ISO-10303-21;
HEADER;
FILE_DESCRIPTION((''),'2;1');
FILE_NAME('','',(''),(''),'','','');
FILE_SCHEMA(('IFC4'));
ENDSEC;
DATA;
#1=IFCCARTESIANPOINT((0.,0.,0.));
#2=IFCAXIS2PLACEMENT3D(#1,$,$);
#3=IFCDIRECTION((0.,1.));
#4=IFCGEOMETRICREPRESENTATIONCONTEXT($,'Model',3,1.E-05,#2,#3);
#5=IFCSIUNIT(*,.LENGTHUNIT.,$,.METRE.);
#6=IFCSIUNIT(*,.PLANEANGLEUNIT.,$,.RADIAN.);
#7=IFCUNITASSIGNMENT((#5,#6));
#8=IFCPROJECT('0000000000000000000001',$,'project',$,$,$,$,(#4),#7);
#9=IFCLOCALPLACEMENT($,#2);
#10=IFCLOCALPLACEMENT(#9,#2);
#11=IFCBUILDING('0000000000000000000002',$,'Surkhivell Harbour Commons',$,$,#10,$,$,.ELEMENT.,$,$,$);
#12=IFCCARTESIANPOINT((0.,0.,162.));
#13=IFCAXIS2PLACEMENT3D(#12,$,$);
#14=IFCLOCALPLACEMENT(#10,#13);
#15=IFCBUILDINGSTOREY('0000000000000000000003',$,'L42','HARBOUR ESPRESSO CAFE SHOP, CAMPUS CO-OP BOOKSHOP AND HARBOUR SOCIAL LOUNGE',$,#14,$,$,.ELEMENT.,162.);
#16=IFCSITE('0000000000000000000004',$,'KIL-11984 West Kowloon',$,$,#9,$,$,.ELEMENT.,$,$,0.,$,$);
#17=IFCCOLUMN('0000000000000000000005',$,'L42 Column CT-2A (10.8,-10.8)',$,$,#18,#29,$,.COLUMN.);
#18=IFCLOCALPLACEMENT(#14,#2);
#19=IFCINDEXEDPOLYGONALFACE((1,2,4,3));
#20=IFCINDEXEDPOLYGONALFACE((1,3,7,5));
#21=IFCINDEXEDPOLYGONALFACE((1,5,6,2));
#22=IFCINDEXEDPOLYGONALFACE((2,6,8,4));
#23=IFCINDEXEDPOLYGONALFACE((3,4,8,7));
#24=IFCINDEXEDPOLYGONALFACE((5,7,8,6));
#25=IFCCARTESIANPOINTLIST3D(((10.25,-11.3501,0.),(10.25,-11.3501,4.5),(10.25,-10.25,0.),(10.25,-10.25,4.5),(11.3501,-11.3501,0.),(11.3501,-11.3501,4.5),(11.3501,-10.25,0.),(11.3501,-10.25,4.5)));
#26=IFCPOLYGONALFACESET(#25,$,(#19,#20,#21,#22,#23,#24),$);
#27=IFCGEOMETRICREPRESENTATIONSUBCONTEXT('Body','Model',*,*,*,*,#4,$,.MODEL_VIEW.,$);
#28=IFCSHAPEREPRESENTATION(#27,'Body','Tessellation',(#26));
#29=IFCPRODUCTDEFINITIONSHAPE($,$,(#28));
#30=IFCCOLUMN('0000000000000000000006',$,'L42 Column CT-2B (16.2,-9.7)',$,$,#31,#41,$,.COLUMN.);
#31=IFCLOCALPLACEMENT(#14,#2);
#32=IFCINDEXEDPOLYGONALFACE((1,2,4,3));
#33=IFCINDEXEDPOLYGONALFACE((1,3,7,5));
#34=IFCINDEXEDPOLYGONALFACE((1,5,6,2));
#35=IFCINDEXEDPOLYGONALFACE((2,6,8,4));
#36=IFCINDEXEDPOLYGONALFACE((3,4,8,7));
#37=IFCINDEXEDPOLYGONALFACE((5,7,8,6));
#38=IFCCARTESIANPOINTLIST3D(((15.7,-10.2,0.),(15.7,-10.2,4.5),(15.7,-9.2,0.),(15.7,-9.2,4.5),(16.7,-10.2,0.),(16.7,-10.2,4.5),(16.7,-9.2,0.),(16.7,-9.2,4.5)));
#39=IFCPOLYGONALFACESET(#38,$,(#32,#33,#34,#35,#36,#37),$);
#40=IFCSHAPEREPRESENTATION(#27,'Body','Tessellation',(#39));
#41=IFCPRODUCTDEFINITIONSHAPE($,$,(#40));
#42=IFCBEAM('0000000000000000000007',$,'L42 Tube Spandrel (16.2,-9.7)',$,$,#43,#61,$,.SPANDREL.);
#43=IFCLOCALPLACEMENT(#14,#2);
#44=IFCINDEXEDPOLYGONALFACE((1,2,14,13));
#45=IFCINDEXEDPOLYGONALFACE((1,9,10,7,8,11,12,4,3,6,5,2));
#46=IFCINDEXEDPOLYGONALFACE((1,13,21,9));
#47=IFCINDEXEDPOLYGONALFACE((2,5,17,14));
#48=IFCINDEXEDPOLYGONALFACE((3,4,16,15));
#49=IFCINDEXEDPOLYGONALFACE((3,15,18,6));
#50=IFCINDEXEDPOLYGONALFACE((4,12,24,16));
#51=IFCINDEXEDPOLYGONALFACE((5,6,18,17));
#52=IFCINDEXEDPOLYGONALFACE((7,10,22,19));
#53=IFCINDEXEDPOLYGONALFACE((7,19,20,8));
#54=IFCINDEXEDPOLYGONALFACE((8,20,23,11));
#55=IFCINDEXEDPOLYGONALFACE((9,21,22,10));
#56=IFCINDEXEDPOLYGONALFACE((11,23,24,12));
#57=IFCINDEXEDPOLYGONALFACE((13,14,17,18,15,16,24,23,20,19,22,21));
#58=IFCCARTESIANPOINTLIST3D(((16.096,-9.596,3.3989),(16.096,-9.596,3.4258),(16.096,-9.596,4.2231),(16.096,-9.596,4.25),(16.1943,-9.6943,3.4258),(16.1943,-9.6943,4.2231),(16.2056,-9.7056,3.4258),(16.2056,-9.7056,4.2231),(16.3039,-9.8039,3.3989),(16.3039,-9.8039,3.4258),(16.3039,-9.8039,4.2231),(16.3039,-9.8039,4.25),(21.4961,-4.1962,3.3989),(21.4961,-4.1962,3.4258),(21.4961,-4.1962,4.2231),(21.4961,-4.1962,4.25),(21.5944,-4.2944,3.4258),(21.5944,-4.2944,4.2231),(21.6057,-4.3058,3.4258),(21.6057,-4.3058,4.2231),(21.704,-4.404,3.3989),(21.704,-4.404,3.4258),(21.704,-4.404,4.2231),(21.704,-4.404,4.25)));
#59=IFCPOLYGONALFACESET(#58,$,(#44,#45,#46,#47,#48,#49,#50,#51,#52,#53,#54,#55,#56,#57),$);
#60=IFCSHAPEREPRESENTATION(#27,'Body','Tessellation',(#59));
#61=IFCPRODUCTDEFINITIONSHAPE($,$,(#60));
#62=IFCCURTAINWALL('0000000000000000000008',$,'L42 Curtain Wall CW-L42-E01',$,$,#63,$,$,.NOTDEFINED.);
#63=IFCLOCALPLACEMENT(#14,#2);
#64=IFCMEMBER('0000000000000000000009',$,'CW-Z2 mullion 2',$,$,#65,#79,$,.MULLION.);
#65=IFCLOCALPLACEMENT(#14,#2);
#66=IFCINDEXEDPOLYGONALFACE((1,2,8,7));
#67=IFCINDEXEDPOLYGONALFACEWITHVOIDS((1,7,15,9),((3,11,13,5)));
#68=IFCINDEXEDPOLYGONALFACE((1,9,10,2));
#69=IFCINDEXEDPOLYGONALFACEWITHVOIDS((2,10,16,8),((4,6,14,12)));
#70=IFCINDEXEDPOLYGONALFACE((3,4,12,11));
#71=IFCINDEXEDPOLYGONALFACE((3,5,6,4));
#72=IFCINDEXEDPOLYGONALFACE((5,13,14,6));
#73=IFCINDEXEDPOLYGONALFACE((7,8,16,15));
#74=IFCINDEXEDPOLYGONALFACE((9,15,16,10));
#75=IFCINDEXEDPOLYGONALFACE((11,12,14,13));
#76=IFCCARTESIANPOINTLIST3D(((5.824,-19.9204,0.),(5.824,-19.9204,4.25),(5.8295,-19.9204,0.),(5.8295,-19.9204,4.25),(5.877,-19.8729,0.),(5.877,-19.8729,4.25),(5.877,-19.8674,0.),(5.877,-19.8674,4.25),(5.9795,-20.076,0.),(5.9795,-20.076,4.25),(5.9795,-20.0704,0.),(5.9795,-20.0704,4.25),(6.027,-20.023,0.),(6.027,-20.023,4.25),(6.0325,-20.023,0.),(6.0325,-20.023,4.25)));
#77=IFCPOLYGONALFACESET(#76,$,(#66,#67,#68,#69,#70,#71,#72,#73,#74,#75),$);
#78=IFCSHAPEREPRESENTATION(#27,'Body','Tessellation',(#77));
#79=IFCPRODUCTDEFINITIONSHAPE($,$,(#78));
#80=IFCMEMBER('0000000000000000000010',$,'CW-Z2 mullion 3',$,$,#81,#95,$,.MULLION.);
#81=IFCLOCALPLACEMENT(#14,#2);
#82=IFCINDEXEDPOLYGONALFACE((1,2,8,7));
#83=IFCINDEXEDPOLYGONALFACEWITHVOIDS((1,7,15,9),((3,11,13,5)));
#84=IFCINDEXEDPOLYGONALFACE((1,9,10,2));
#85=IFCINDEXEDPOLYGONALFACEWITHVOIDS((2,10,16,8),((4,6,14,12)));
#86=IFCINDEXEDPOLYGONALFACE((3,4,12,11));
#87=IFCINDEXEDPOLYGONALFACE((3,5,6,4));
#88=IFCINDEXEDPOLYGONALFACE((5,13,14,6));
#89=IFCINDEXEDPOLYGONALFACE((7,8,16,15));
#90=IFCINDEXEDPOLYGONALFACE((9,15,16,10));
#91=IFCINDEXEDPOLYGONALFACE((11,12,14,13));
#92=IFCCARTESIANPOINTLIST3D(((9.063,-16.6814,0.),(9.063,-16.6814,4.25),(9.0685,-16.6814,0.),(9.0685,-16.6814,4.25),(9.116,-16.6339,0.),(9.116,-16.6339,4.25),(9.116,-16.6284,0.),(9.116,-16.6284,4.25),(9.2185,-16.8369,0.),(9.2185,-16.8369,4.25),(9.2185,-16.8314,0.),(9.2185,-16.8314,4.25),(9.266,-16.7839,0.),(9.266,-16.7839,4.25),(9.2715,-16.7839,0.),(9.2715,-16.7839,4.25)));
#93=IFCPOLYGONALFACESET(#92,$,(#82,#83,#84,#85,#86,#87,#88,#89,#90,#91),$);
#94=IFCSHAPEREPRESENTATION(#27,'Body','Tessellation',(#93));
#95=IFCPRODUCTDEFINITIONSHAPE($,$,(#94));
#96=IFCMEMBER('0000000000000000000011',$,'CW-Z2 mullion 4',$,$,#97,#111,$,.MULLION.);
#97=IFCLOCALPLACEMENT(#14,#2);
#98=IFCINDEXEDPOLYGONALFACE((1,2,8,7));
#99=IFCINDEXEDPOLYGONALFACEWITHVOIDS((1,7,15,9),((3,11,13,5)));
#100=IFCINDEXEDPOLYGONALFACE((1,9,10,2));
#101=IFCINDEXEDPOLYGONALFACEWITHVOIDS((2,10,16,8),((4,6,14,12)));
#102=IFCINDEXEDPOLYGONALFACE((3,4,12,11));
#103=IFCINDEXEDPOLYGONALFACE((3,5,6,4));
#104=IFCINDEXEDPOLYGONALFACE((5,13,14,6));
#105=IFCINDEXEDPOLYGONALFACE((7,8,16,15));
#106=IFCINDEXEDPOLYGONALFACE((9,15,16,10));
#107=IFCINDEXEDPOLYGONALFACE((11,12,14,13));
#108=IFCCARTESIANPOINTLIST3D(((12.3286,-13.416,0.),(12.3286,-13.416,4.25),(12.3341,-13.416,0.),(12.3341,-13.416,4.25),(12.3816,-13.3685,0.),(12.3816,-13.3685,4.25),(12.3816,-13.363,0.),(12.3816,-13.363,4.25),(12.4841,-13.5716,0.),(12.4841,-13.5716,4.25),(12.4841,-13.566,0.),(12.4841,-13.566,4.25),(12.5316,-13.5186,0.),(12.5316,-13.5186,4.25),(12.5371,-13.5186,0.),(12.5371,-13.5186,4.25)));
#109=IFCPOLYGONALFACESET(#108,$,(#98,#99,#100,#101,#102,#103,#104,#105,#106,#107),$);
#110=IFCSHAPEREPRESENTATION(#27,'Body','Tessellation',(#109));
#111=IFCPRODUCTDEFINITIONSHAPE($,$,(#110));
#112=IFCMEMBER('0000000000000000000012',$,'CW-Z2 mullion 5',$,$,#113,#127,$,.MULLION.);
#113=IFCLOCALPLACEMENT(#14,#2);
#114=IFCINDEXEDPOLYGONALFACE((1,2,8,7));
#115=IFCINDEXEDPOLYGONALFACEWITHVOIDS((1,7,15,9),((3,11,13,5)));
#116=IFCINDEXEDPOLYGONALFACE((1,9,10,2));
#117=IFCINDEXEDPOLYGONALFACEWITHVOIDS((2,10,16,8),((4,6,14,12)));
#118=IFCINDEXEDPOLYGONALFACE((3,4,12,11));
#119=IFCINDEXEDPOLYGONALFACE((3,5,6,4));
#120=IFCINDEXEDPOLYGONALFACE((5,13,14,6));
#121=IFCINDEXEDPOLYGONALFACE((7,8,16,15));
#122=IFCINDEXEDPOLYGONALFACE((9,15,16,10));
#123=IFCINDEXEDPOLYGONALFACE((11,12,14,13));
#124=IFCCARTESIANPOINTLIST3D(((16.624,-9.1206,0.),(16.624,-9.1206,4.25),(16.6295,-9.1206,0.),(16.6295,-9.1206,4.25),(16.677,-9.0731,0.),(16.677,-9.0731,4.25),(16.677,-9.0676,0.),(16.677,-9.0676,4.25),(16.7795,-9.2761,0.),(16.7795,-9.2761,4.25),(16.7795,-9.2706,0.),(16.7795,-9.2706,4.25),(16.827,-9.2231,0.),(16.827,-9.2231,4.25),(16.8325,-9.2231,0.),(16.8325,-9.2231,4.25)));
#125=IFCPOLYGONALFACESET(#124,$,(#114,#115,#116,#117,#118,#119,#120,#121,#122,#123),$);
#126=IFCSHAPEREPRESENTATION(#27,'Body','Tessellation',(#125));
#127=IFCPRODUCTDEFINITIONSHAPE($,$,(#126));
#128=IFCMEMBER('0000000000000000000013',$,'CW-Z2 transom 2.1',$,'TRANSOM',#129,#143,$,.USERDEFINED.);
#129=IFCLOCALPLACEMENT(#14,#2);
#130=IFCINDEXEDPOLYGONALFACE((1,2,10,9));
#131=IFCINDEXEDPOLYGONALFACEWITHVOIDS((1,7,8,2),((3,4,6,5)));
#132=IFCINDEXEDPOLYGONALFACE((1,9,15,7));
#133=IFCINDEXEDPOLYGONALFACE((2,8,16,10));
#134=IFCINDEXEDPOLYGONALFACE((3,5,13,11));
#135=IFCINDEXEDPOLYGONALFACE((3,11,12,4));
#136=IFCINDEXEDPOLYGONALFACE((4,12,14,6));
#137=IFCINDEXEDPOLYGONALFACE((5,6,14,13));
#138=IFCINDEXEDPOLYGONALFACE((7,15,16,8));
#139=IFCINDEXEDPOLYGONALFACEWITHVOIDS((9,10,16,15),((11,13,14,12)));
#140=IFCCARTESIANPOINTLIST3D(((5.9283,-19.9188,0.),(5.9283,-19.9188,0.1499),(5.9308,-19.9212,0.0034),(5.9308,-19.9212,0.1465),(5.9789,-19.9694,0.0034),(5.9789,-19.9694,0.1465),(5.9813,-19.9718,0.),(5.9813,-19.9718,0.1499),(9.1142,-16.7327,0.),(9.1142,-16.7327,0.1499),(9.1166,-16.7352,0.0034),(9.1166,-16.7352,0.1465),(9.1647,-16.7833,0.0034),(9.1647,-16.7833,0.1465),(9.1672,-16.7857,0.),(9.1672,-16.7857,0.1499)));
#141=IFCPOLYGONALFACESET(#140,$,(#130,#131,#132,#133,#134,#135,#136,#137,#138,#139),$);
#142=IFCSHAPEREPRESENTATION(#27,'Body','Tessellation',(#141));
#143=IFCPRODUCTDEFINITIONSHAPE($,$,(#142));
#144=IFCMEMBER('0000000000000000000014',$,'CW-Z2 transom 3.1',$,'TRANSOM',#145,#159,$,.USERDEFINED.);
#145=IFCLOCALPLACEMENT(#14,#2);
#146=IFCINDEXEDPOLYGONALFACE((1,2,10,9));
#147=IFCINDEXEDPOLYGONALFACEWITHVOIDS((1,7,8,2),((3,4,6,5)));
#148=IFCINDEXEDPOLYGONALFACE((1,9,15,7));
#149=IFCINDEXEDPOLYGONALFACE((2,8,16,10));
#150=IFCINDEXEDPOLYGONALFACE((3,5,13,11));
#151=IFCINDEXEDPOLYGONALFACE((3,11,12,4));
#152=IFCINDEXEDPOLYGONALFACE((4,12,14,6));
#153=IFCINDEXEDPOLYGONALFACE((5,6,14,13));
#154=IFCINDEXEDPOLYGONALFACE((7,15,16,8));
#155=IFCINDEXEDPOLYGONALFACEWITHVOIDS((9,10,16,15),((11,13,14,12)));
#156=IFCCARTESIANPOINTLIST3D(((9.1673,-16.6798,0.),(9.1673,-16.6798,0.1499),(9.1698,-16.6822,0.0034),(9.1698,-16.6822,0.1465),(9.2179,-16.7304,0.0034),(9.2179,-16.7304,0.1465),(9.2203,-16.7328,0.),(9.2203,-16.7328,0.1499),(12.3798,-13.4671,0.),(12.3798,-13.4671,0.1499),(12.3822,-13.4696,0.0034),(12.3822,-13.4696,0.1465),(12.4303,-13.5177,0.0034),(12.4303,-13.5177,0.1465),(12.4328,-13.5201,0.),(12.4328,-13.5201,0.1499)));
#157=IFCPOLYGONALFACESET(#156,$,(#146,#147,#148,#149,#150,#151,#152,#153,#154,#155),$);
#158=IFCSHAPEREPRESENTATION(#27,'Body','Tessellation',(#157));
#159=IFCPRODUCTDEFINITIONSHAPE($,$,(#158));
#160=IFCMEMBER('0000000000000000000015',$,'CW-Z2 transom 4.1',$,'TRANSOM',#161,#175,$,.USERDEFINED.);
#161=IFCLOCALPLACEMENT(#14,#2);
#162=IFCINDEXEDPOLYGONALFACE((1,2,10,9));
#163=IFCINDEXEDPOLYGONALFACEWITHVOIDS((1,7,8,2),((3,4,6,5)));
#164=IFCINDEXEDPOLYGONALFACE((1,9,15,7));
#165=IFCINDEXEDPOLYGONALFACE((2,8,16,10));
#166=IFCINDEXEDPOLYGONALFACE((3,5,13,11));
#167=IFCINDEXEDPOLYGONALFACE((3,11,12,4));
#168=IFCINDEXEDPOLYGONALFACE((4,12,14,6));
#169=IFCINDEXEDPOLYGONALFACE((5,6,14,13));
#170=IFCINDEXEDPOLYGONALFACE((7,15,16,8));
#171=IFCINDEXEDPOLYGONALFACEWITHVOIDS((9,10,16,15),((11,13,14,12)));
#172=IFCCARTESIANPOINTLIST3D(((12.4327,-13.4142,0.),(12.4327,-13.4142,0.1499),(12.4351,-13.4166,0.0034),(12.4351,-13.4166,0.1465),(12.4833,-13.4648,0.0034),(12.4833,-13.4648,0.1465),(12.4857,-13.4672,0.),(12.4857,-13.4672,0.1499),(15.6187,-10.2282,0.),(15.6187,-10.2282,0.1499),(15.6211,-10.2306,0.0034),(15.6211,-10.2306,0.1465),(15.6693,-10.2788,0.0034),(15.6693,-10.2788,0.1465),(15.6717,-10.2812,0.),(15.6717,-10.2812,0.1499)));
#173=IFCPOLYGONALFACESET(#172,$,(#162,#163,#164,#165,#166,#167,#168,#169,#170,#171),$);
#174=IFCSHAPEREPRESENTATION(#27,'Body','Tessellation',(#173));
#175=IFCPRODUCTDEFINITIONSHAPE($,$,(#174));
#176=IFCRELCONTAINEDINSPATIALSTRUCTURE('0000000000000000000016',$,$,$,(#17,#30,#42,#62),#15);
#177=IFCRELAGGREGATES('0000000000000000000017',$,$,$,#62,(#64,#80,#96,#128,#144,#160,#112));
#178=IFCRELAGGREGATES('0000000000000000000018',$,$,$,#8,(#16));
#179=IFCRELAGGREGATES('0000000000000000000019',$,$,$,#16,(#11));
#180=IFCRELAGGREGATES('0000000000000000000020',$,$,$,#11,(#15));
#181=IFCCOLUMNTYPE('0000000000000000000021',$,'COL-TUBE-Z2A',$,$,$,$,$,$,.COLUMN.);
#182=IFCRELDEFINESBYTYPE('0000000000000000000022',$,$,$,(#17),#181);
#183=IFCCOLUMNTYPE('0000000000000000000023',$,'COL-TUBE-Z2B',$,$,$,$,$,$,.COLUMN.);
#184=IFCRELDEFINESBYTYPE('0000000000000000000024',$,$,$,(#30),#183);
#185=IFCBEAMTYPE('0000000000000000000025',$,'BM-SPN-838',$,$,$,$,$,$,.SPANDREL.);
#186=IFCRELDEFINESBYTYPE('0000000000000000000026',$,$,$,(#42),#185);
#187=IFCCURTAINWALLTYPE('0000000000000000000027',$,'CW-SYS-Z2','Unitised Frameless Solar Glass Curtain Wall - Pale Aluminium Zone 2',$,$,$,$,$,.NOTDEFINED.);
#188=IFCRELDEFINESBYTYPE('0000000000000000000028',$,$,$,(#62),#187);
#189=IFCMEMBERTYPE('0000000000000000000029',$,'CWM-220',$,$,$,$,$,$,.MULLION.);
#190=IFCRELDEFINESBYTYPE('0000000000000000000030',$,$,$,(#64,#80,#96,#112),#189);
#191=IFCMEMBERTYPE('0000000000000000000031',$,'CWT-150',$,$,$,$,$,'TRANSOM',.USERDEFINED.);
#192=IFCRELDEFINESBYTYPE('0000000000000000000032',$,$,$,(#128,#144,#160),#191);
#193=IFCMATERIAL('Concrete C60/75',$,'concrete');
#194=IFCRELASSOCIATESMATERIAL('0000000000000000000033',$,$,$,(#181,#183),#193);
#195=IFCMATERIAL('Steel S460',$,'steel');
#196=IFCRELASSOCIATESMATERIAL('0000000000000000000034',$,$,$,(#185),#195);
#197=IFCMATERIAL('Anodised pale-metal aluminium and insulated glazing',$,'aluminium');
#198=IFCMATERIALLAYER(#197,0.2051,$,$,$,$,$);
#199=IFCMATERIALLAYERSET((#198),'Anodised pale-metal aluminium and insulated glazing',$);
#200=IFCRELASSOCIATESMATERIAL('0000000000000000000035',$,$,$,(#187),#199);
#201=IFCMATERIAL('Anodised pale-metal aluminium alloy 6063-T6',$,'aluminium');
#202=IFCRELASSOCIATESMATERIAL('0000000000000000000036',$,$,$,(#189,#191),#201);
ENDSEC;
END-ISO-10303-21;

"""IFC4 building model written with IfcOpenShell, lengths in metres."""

from ifc_helpers import new_model, si_unit, direction, frame, origin, origin_2d, place, context, subcontext, project, spatial, rectangle, hollow_rectangle, i_section, extrude, material, layer, layer_set, material_profile, profile_set, type_object, element, aggregate, save


model = new_model("IFC4")

# Units and contexts
model_context = context("Model", 3, precision=1e-05, world=origin(), true_north=direction((0.0, 1.0)))
body_context = subcontext(model_context, "Body", "Model", "MODEL_VIEW")
ifc_project = project(units=[si_unit("LENGTHUNIT", "METRE"), si_unit("PLANEANGLEUNIT", "RADIAN")], contexts=[model_context])

# Site, building, storey
site_placement = place(None, origin())
site = spatial("IfcSite", under=ifc_project, at=site_placement, Name="KIL-11984 West Kowloon", CompositionType="ELEMENT", RefElevation=0.0)
building_placement = place(site_placement, origin())
building = spatial("IfcBuilding", under=site, at=building_placement, Name="Surkhivell Harbour Commons", CompositionType="ELEMENT")
storey_placement = place(building_placement, frame((0.0, 0.0, 162.0)))
storey = spatial("IfcBuildingStorey", under=building, at=storey_placement, Name="L42", Description="HARBOUR ESPRESSO CAFE SHOP, CAMPUS CO-OP BOOKSHOP AND HARBOUR SOCIAL LOUNGE", CompositionType="ELEMENT", Elevation=162.0)

# Columns
ifc_material_1 = material(Name="Concrete C60/75", Category="concrete")
ifc_material_profile_1 = material_profile(ifc_material_1, rectangle(XDim=1.1001, YDim=1.1001, at=origin_2d()), Name="RC-COL-1100x1100")
ifc_profile_set_1 = profile_set([ifc_material_profile_1], Name="Concrete C60/75")
column_type_1 = type_object("IfcColumnType", Name="COL-TUBE-Z2A", PredefinedType="COLUMN", material=ifc_profile_set_1)
column_1_placement = place(storey_placement, frame((10.8, -10.8, 0.0), z_axis=(0.0, 0.0, 1.0), x_axis=(1.0, 0.0, 0.0)))
element("IfcColumn", 1, at=column_1_placement, inside=storey, type_object=column_type_1, Name="L42 Column CT-2A (10.8,-10.8)", PredefinedType="COLUMN", context=body_context, shape_type="SweptSolid", body=[
    extrude(rectangle(XDim=1.1001, YDim=1.1001, at=origin_2d()), origin(), (0.0, 0.0, 1.0), 4.5),
])
ifc_material_profile_2 = material_profile(ifc_material_1, rectangle(XDim=1.0, YDim=1.0, at=origin_2d()), Name="RC-COL-1000x1000")
ifc_profile_set_2 = profile_set([ifc_material_profile_2], Name="Concrete C60/75")
column_type_2 = type_object("IfcColumnType", Name="COL-TUBE-Z2B", PredefinedType="COLUMN", material=ifc_profile_set_2)
column_2_placement = place(storey_placement, frame((16.2, -9.7, 0.0), z_axis=(0.0, 0.0, 1.0), x_axis=(1.0, 0.0, 0.0)))
element("IfcColumn", 2, at=column_2_placement, inside=storey, type_object=column_type_2, Name="L42 Column CT-2B (16.2,-9.7)", PredefinedType="COLUMN", context=body_context, shape_type="SweptSolid", body=[
    extrude(rectangle(XDim=1.0, YDim=1.0, at=origin_2d()), origin(), (0.0, 0.0, 1.0), 4.5),
])

# Beam
ifc_material_2 = material(Name="Steel S460", Category="steel")
ifc_material_profile_3 = material_profile(ifc_material_2, i_section(OverallWidth=0.2939, OverallDepth=0.8511, WebThickness=0.0161, FlangeThickness=0.0269, at=origin_2d()), Name="UB838x292x226")
ifc_profile_set_3 = profile_set([ifc_material_profile_3], Name="Steel S460")
beam_type = type_object("IfcBeamType", Name="BM-SPN-838", PredefinedType="SPANDREL", material=ifc_profile_set_3)
beam_placement = place(storey_placement, frame((16.2, -9.7, 3.8245), z_axis=(0.707123, 0.707091, 0.0), x_axis=(-0.707091, 0.707123, 0.0)))
element("IfcBeam", 3, at=beam_placement, inside=storey, type_object=beam_type, Name="L42 Tube Spandrel (16.2,-9.7)", PredefinedType="SPANDREL", context=body_context, shape_type="SweptSolid", body=[
    extrude(i_section(OverallWidth=0.2939, OverallDepth=0.8511, WebThickness=0.0161, FlangeThickness=0.0269, at=origin_2d()), origin(), (0.0, 0.0, 1.0), 7.6367),
])

# Curtain wall, members
ifc_material_3 = material(Name="Anodised pale-metal aluminium and insulated glazing", Category="aluminium")
ifc_layer_1 = layer(ifc_material_3, 0.2051)
ifc_layer_set_1 = layer_set([ifc_layer_1], Name="Anodised pale-metal aluminium and insulated glazing")
curtain_wall_type = type_object("IfcCurtainWallType", Name="CW-SYS-Z2", Description="Unitised Frameless Solar Glass Curtain Wall - Pale Aluminium Zone 2", PredefinedType="NOTDEFINED", material=ifc_layer_set_1)
curtain_wall_placement = place(storey_placement, origin())
curtain_wall = element("IfcCurtainWall", 4, at=curtain_wall_placement, inside=storey, type_object=curtain_wall_type, Name="L42 Curtain Wall CW-L42-E01", PredefinedType="NOTDEFINED")
ifc_material_4 = material(Name="Anodised pale-metal aluminium alloy 6063-T6", Category="aluminium")
ifc_material_profile_4 = material_profile(ifc_material_4, hollow_rectangle(XDim=0.075, YDim=0.22, WallThickness=0.0039, at=origin_2d()), Name="ALU-MULL-75x220")
ifc_profile_set_4 = profile_set([ifc_material_profile_4], Name="Anodised pale-metal aluminium alloy 6063-T6")
member_type_1 = type_object("IfcMemberType", Name="CWM-220", PredefinedType="MULLION", material=ifc_profile_set_4)
member_1_placement = place(storey_placement, frame((5.9282, -19.9717, 0.0), z_axis=(0.0, 0.0, 1.0), x_axis=(0.707107, 0.707107, 0.0)))
member_1 = element("IfcMember", 5, at=member_1_placement, type_object=member_type_1, Name="CW-Z2 mullion 2", PredefinedType="MULLION", context=body_context, shape_type="SweptSolid", body=[
    extrude(hollow_rectangle(XDim=0.075, YDim=0.22, WallThickness=0.0039, at=origin_2d()), origin(), (0.0, 0.0, 1.0), 4.25),
])
member_2_placement = place(storey_placement, frame((9.1672, -16.7327, 0.0), z_axis=(0.0, 0.0, 1.0), x_axis=(0.707107, 0.707107, 0.0)))
member_2 = element("IfcMember", 6, at=member_2_placement, type_object=member_type_1, Name="CW-Z2 mullion 3", PredefinedType="MULLION", context=body_context, shape_type="SweptSolid", body=[
    extrude(hollow_rectangle(XDim=0.075, YDim=0.22, WallThickness=0.0039, at=origin_2d()), origin(), (0.0, 0.0, 1.0), 4.25),
])
member_3_placement = place(storey_placement, frame((12.4329, -13.4673, 0.0), z_axis=(0.0, 0.0, 1.0), x_axis=(0.707107, 0.707107, 0.0)))
member_3 = element("IfcMember", 7, at=member_3_placement, type_object=member_type_1, Name="CW-Z2 mullion 4", PredefinedType="MULLION", context=body_context, shape_type="SweptSolid", body=[
    extrude(hollow_rectangle(XDim=0.075, YDim=0.22, WallThickness=0.0039, at=origin_2d()), origin(), (0.0, 0.0, 1.0), 4.25),
])
member_4_placement = place(storey_placement, frame((16.7283, -9.1719, 0.0), z_axis=(0.0, 0.0, 1.0), x_axis=(0.707107, 0.707107, 0.0)))
member_4 = element("IfcMember", 8, at=member_4_placement, type_object=member_type_1, Name="CW-Z2 mullion 5", PredefinedType="MULLION", context=body_context, shape_type="SweptSolid", body=[
    extrude(hollow_rectangle(XDim=0.075, YDim=0.22, WallThickness=0.0039, at=origin_2d()), origin(), (0.0, 0.0, 1.0), 4.25),
])
ifc_material_profile_5 = material_profile(ifc_material_4, hollow_rectangle(XDim=0.075, YDim=0.1499, WallThickness=0.0034, at=origin_2d()), Name="ALU-TRAN-75x150")
ifc_profile_set_5 = profile_set([ifc_material_profile_5], Name="Anodised pale-metal aluminium alloy 6063-T6")
member_type_2 = type_object("IfcMemberType", Name="CWT-150", ElementType="TRANSOM", PredefinedType="USERDEFINED", material=ifc_profile_set_5)
member_5_placement = place(storey_placement, frame((5.9548, -19.9453, 0.075), z_axis=(0.70708, 0.707134, 0.0), x_axis=(-0.707134, 0.70708, 0.0)))
member_5 = element("IfcMember", 9, at=member_5_placement, type_object=member_type_2, Name="CW-Z2 transom 2.1", ObjectType="TRANSOM", PredefinedType="USERDEFINED", context=body_context, shape_type="SweptSolid", body=[
    extrude(hollow_rectangle(XDim=0.075, YDim=0.1499, WallThickness=0.0034, at=origin_2d()), origin(), (0.0, 0.0, 1.0), 4.5056),
])
member_6_placement = place(storey_placement, frame((9.1938, -16.7063, 0.075), z_axis=(0.70708, 0.707134, 0.0), x_axis=(-0.707134, 0.70708, 0.0)))
member_6 = element("IfcMember", 10, at=member_6_placement, type_object=member_type_2, Name="CW-Z2 transom 3.1", ObjectType="TRANSOM", PredefinedType="USERDEFINED", context=body_context, shape_type="SweptSolid", body=[
    extrude(hollow_rectangle(XDim=0.075, YDim=0.1499, WallThickness=0.0034, at=origin_2d()), origin(), (0.0, 0.0, 1.0), 4.5432),
])
member_7_placement = place(storey_placement, frame((12.4592, -13.4407, 0.075), z_axis=(0.707107, 0.707107, 0.0), x_axis=(-0.707107, 0.707107, 0.0)))
member_7 = element("IfcMember", 11, at=member_7_placement, type_object=member_type_2, Name="CW-Z2 transom 4.1", ObjectType="TRANSOM", PredefinedType="USERDEFINED", context=body_context, shape_type="SweptSolid", body=[
    extrude(hollow_rectangle(XDim=0.075, YDim=0.1499, WallThickness=0.0034, at=origin_2d()), origin(), (0.0, 0.0, 1.0), 4.5056),
])
aggregate(curtain_wall, [member_1, member_2, member_3, member_5, member_6, member_7, member_4])

save(model, "model.ifc")
